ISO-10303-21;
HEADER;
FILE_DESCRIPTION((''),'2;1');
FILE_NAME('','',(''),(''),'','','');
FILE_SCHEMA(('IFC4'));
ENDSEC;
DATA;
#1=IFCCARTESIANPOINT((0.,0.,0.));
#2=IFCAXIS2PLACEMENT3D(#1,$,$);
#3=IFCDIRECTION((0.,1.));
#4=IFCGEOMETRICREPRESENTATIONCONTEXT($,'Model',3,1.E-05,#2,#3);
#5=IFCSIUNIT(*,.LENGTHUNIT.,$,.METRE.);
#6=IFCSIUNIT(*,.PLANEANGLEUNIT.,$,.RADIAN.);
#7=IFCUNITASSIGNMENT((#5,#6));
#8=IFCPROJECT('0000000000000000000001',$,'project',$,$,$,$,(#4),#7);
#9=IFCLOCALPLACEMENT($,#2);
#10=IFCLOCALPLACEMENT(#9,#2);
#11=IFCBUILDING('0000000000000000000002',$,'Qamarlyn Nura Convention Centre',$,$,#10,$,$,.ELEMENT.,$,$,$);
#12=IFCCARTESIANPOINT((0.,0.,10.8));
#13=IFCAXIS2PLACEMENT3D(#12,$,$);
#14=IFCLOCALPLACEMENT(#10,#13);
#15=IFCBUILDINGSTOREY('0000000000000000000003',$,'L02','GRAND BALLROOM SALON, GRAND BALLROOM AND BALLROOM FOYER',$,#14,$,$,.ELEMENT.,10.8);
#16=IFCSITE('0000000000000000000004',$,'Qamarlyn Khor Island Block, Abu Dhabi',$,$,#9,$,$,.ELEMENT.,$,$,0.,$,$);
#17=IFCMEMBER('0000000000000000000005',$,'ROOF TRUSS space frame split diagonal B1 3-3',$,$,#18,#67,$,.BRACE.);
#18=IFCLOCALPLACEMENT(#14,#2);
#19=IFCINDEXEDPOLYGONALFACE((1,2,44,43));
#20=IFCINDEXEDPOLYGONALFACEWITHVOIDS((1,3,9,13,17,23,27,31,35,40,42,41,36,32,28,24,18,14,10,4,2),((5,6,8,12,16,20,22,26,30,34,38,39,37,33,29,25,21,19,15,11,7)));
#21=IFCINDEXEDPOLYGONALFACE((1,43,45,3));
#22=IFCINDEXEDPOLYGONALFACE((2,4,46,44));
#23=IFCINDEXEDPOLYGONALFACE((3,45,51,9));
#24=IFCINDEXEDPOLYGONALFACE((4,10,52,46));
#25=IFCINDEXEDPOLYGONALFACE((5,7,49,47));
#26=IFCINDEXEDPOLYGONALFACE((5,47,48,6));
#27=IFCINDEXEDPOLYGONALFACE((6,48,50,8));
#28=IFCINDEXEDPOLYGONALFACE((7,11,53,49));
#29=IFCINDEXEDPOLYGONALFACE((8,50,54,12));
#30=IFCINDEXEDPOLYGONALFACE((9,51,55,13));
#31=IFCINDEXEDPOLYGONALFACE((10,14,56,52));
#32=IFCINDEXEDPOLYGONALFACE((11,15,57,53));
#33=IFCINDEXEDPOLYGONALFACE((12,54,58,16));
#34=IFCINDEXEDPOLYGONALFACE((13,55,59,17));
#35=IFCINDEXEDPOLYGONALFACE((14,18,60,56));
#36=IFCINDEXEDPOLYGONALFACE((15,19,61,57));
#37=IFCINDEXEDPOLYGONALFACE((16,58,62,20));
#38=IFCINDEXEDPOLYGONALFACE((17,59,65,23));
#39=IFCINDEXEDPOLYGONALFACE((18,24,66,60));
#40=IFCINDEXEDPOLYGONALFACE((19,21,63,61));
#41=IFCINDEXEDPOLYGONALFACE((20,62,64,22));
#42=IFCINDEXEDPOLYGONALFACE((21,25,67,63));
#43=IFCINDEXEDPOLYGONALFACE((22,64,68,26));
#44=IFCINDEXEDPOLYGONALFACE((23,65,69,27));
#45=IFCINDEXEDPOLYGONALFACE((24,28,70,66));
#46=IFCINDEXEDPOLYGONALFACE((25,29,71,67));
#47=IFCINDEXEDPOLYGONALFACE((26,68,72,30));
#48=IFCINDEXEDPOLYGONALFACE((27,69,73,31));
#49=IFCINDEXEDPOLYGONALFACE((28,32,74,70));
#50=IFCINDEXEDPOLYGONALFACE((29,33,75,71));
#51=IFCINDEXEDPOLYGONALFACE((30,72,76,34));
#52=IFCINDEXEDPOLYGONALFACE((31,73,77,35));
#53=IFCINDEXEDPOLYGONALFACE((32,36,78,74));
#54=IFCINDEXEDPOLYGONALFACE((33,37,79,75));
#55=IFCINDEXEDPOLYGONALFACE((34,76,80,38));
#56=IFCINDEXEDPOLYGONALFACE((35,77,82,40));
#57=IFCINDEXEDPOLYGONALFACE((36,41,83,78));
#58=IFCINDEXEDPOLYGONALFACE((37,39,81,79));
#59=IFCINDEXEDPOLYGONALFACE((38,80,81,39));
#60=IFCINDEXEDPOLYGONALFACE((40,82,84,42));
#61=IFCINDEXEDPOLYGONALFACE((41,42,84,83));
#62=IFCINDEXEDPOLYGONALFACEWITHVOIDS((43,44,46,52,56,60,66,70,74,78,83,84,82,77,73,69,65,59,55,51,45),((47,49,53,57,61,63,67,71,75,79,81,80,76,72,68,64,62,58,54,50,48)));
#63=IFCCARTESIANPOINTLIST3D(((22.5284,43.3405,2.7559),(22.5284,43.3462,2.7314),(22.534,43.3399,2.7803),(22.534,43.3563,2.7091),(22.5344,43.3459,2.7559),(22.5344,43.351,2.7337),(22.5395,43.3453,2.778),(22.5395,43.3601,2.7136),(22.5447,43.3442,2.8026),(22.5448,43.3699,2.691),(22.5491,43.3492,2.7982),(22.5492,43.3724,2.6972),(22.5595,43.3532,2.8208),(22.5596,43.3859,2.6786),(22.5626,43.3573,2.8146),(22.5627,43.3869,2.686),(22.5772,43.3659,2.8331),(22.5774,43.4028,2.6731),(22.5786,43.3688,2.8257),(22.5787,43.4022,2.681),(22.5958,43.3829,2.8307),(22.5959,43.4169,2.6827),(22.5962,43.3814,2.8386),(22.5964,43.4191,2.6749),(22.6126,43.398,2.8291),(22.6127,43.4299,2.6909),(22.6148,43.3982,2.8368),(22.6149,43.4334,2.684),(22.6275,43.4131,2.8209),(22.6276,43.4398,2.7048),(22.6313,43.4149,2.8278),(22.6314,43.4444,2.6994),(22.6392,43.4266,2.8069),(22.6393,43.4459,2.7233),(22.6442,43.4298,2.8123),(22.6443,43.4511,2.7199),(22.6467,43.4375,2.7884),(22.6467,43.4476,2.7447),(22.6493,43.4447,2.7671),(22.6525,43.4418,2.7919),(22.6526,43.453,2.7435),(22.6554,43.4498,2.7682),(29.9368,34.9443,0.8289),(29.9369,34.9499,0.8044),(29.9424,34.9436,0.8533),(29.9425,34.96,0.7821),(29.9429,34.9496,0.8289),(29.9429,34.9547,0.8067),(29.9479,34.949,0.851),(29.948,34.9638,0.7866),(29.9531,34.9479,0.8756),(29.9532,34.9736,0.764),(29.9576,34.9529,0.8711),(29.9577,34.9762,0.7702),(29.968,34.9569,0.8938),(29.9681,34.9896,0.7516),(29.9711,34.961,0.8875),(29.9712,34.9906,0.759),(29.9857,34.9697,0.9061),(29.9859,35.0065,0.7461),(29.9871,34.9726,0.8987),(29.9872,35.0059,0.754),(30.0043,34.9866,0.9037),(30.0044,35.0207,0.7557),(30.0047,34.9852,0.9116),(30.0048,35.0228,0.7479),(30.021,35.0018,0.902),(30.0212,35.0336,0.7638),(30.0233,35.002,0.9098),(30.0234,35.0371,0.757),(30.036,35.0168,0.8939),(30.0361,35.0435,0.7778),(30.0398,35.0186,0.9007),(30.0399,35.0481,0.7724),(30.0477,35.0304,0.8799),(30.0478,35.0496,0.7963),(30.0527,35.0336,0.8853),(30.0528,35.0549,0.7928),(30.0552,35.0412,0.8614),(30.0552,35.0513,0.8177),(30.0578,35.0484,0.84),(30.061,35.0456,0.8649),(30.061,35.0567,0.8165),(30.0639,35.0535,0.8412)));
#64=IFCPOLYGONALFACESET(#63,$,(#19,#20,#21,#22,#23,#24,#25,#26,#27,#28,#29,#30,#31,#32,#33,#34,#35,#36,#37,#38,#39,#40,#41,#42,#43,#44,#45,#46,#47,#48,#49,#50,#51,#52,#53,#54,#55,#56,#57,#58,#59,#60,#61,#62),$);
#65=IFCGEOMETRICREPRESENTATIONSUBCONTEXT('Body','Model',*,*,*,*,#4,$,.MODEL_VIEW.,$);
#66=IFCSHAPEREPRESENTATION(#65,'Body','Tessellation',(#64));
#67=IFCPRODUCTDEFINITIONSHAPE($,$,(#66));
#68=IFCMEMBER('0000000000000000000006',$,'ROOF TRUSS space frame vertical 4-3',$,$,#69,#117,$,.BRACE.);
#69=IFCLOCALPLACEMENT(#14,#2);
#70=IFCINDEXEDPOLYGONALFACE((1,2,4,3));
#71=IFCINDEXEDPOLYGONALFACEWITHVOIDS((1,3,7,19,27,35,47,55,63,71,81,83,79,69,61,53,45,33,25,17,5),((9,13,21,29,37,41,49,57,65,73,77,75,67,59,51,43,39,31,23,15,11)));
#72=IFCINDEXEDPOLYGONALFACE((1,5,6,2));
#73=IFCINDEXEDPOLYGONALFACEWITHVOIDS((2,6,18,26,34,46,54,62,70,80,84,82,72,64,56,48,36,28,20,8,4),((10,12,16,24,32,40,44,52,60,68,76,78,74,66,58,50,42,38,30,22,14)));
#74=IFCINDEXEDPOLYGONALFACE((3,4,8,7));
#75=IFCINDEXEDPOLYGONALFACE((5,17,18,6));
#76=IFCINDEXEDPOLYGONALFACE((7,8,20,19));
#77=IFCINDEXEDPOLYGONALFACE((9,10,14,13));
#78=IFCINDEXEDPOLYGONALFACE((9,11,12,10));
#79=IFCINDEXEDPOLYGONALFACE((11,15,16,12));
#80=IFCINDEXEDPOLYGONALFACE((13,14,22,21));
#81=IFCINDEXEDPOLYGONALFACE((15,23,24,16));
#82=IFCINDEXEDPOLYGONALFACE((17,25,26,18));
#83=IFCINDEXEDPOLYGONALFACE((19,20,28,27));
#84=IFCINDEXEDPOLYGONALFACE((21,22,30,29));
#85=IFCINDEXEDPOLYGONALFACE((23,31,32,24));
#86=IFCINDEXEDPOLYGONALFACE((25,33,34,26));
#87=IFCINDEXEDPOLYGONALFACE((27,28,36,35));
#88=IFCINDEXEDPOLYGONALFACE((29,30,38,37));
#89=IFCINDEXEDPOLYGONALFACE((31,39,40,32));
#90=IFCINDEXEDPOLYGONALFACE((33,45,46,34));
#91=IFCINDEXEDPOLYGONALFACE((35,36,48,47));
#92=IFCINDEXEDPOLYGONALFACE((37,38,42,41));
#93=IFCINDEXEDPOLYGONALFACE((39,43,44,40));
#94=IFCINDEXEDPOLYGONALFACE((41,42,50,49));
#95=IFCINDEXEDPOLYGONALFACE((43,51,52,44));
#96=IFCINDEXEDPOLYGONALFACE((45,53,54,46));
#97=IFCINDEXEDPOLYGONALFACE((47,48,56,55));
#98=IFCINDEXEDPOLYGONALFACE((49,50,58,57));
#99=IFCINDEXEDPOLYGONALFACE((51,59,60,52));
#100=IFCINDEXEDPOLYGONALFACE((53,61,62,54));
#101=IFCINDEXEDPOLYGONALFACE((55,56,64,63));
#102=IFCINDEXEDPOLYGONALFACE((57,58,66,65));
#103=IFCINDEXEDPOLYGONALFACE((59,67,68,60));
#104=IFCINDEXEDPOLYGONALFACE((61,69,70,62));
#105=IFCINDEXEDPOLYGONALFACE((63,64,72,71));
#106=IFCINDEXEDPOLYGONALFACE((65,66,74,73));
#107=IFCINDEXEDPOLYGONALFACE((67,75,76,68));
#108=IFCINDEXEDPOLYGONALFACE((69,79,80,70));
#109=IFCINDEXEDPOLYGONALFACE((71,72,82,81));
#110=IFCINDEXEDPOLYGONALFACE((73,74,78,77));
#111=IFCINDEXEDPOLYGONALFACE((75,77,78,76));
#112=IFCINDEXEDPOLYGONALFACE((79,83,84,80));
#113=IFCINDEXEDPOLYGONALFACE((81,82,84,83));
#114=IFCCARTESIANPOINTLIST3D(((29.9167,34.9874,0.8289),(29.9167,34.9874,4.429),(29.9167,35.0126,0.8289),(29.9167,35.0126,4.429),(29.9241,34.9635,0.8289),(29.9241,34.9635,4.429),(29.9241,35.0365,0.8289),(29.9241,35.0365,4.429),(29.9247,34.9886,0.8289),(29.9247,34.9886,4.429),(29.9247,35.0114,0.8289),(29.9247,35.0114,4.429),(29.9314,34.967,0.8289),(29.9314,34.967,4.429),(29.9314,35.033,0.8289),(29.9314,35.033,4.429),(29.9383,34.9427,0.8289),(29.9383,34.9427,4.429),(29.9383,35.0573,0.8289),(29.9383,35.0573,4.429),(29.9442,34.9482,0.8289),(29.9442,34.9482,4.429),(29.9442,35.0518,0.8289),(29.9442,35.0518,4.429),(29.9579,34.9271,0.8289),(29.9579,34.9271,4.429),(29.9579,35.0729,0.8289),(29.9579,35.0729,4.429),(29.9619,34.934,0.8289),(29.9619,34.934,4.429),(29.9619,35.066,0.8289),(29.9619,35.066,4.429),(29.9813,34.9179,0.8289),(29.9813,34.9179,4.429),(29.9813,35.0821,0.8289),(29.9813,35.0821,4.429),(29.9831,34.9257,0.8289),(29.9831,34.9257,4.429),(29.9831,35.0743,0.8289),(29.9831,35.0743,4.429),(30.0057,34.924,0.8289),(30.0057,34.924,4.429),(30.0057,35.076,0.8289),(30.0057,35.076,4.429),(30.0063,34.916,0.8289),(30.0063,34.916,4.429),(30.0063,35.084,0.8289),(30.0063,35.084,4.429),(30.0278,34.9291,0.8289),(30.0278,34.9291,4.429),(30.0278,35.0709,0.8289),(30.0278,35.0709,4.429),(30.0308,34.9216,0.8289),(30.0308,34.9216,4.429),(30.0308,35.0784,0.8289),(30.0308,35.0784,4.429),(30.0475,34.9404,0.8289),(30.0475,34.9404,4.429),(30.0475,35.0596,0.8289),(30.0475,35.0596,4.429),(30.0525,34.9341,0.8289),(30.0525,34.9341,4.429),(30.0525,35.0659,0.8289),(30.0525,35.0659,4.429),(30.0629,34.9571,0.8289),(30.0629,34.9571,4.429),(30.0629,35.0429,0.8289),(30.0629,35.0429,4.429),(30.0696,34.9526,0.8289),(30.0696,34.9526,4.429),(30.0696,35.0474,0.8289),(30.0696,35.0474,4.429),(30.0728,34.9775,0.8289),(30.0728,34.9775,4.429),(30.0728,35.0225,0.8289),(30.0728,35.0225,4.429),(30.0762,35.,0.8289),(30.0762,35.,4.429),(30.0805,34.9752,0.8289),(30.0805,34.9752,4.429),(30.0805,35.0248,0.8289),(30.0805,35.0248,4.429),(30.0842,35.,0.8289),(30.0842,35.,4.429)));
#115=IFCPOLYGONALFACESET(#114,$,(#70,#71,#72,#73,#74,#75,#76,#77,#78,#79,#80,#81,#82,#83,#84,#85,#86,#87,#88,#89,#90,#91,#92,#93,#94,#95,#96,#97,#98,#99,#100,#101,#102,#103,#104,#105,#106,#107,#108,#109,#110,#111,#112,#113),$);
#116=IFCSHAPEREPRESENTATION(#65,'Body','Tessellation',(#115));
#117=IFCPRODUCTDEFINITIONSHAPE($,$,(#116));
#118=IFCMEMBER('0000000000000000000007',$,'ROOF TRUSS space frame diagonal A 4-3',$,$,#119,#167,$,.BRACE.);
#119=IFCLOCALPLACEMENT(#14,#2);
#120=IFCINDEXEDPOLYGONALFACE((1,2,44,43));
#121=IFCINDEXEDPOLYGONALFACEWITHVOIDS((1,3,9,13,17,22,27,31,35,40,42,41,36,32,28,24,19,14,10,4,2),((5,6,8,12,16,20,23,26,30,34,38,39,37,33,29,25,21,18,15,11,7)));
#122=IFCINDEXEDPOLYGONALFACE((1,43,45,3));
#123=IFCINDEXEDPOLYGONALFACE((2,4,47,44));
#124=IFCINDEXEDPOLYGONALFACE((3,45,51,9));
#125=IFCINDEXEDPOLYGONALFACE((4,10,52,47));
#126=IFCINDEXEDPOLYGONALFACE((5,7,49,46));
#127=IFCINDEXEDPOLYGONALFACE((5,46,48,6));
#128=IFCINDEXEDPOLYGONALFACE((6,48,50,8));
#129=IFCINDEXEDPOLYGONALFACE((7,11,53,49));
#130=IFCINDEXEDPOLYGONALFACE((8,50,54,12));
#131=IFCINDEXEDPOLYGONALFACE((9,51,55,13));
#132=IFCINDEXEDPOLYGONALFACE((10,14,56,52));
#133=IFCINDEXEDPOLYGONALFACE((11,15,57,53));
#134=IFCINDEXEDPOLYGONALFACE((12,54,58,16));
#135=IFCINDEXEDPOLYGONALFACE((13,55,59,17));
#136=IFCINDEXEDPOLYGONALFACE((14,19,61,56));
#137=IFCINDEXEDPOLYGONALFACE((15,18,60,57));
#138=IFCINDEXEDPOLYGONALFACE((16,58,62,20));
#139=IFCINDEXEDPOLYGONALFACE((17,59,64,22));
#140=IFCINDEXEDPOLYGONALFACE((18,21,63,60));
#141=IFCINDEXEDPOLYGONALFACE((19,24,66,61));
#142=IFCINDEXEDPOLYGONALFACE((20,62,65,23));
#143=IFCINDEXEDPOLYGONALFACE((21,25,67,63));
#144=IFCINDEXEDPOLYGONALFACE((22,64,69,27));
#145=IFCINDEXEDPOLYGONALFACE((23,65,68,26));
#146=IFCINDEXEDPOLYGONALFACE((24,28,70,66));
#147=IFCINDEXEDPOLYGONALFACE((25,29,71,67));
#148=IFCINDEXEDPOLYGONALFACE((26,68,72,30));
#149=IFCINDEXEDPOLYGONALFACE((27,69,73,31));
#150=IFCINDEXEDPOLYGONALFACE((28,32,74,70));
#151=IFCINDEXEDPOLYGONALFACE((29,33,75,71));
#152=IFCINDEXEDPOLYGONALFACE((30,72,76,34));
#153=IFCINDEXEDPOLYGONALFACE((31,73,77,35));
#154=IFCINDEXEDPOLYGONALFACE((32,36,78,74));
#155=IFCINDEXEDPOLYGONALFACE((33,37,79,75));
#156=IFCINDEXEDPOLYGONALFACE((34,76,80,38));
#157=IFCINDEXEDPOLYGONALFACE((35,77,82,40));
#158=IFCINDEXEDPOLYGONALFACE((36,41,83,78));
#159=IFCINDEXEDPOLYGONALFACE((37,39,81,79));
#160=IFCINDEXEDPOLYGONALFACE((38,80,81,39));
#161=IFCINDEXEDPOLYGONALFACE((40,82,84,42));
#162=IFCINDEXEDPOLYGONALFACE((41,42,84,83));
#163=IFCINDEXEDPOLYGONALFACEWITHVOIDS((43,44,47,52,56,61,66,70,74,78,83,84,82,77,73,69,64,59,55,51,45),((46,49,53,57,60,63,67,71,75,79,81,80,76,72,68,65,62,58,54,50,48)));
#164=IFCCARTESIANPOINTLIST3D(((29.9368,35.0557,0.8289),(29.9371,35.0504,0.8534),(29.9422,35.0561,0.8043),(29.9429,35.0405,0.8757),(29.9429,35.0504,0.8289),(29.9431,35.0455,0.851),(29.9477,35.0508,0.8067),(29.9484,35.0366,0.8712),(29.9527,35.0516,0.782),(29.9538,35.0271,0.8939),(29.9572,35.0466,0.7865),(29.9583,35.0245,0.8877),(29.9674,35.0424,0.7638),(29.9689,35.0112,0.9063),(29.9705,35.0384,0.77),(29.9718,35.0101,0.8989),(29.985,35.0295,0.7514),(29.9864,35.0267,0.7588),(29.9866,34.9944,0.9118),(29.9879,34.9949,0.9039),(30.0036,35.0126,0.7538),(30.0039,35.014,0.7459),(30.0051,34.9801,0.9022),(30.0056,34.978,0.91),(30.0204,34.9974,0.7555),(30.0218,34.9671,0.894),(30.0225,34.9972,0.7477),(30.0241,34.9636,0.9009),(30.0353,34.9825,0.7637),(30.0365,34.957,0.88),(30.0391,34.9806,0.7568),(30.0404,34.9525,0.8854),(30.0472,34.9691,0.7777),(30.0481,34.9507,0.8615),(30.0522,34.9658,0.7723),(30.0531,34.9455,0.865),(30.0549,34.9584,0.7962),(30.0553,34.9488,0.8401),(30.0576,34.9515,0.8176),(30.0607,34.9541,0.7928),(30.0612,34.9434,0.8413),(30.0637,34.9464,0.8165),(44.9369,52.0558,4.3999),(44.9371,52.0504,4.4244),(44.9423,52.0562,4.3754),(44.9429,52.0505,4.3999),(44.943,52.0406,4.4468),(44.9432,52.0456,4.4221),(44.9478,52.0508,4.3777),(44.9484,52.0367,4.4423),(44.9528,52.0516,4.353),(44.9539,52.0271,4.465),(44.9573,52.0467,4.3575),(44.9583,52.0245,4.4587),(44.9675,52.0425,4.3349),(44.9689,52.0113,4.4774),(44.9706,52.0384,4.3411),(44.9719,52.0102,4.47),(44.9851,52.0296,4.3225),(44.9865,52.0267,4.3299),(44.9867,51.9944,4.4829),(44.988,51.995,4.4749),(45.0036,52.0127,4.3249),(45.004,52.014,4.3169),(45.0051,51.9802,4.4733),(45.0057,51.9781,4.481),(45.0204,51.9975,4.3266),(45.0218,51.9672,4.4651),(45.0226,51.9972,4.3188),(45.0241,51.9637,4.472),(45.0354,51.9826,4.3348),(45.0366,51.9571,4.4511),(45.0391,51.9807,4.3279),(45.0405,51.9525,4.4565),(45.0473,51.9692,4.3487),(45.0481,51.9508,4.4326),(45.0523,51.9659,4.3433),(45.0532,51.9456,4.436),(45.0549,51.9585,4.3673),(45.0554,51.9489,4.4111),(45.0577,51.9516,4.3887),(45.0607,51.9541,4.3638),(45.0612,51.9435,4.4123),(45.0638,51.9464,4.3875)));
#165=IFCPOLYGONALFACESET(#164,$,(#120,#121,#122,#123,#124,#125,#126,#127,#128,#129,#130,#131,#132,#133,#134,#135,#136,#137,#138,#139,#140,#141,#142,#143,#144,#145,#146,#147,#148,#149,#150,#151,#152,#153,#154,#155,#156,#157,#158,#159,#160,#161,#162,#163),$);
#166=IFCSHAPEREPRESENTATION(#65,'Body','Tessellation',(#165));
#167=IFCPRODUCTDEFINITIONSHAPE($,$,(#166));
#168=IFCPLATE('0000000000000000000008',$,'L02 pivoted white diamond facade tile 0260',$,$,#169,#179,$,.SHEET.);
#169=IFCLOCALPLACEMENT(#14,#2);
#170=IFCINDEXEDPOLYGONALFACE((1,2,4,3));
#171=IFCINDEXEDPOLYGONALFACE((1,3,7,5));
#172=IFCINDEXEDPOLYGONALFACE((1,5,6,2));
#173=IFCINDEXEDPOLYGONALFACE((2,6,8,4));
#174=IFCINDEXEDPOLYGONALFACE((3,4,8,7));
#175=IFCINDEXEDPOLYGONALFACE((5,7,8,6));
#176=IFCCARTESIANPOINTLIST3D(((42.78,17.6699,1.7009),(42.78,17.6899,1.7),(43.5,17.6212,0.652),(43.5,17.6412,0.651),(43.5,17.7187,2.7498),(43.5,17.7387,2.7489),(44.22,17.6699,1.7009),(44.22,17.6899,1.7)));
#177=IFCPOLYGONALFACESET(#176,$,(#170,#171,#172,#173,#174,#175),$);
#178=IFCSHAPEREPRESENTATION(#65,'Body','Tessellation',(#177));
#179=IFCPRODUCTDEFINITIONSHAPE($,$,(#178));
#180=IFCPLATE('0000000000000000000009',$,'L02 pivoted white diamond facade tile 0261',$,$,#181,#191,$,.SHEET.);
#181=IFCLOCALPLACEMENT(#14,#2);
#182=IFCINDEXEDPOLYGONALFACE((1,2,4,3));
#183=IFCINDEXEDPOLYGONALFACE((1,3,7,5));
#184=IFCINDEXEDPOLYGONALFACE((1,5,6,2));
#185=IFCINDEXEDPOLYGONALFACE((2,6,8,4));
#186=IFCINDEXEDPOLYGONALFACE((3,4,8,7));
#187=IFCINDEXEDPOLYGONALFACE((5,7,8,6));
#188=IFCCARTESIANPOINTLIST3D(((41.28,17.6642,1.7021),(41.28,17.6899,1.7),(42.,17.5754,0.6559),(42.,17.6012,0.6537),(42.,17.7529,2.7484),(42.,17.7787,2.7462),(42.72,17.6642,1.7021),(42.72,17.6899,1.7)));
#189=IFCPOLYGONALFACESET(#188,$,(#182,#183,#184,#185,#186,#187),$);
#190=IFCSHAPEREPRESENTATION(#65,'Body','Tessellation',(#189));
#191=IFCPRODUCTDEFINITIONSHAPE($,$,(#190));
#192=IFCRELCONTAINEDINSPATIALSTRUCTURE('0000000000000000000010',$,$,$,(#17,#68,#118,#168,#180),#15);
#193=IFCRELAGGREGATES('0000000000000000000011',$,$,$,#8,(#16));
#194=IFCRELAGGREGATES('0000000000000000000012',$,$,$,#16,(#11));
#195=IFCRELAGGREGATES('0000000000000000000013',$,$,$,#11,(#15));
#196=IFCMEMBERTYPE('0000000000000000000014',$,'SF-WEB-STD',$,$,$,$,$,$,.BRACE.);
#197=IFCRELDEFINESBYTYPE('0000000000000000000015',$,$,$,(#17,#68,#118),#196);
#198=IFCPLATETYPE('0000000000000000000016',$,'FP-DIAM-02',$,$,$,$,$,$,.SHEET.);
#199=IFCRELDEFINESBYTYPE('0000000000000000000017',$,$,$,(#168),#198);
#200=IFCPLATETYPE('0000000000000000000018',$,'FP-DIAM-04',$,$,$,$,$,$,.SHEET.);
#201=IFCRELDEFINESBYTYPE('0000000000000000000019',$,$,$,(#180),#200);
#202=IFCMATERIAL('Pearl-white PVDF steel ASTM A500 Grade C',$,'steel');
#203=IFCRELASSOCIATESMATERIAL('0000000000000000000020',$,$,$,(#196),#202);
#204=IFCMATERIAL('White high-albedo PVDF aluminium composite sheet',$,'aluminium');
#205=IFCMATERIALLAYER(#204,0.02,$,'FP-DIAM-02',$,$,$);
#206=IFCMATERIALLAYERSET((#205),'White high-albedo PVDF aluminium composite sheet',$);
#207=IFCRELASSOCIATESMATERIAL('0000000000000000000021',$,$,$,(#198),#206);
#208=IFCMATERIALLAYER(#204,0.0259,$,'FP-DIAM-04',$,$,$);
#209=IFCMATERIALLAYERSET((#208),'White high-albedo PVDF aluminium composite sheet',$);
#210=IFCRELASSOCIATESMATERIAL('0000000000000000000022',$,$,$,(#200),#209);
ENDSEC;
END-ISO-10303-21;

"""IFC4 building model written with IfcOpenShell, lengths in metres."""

from ifc_helpers import new_model, si_unit, direction, frame, origin, origin_2d, place, context, subcontext, project, spatial, polyline, hollow_circle, outline, extrude, material, layer, layer_set, material_profile, profile_set, type_object, element, save


model = new_model("IFC4")

# Units and contexts
model_context = context("Model", 3, precision=1e-05, world=origin(), true_north=direction((0.0, 1.0)))
body_context = subcontext(model_context, "Body", "Model", "MODEL_VIEW")
ifc_project = project(units=[si_unit("LENGTHUNIT", "METRE"), si_unit("PLANEANGLEUNIT", "RADIAN")], contexts=[model_context])

# Site, building, storey
site_placement = place(None, origin())
site = spatial("IfcSite", under=ifc_project, at=site_placement, Name="Qamarlyn Khor Island Block, Abu Dhabi", CompositionType="ELEMENT", RefElevation=0.0)
building_placement = place(site_placement, origin())
building = spatial("IfcBuilding", under=site, at=building_placement, Name="Qamarlyn Nura Convention Centre", CompositionType="ELEMENT")
storey_placement = place(building_placement, frame((0.0, 0.0, 10.8)))
storey = spatial("IfcBuildingStorey", under=building, at=storey_placement, Name="L02", Description="GRAND BALLROOM SALON, GRAND BALLROOM AND BALLROOM FOYER", CompositionType="ELEMENT", Elevation=10.8)

# Members
ifc_material_1 = material(Name="Pearl-white PVDF steel ASTM A500 Grade C", Category="steel")
ifc_material_profile_1 = material_profile(ifc_material_1, hollow_circle(Radius=0.0842, WallThickness=0.0081, at=origin_2d()), Name="CHS168.3X8")
ifc_profile_set_1 = profile_set([ifc_material_profile_1], Name="Pearl-white PVDF steel ASTM A500 Grade C")
member_type_1 = type_object("IfcMemberType", Name="SF-WEB-STD", PredefinedType="BRACE", material=ifc_profile_set_1)
member_1_placement = place(storey_placement, frame((30.0, 35.0, 0.8289), z_axis=(-0.652037, 0.738975, 0.1696), x_axis=(-0.749838, -0.661622, 0.0)))
element("IfcMember", 1, at=member_1_placement, inside=storey, type_object=member_type_1, Name="ROOF TRUSS space frame split diagonal B1 3-3", PredefinedType="BRACE", context=body_context, shape_type="SweptSolid", body=[
    extrude(hollow_circle(Radius=0.0842, WallThickness=0.0081, at=origin_2d()), origin(), (0.0, 0.0, 1.0), 11.3621),
])
member_2_placement = place(storey_placement, frame((30.0, 35.0, 0.8289), z_axis=(0.0, 0.0, 1.0), x_axis=(1.0, 0.0, 0.0)))
element("IfcMember", 2, at=member_2_placement, inside=storey, type_object=member_type_1, Name="ROOF TRUSS space frame vertical 4-3", PredefinedType="BRACE", context=body_context, shape_type="SweptSolid", body=[
    extrude(hollow_circle(Radius=0.0842, WallThickness=0.0081, at=origin_2d()), origin(), (0.0, 0.0, 1.0), 3.6001),
])
member_3_placement = place(storey_placement, frame((30.0, 35.0, 0.8289), z_axis=(0.653564, 0.740706, 0.155594), x_axis=(-0.749838, 0.661622, 0.0)))
element("IfcMember", 3, at=member_3_placement, inside=storey, type_object=member_type_1, Name="ROOF TRUSS space frame diagonal A 4-3", PredefinedType="BRACE", context=body_context, shape_type="SweptSolid", body=[
    extrude(hollow_circle(Radius=0.0842, WallThickness=0.0081, at=origin_2d()), origin(), (0.0, 0.0, 1.0), 22.9512),
])

# Plates
ifc_material_2 = material(Name="White high-albedo PVDF aluminium composite sheet", Category="aluminium")
ifc_layer_1 = layer(ifc_material_2, 0.02, Name="FP-DIAM-02")
ifc_layer_set_1 = layer_set([ifc_layer_1], Name="White high-albedo PVDF aluminium composite sheet")
plate_type_1 = type_object("IfcPlateType", Name="FP-DIAM-02", PredefinedType="SHEET", material=ifc_layer_set_1)
plate_1_placement = place(storey_placement, frame((43.5, 17.6899, 1.7), z_axis=(0.0, -0.998923, 0.046409), x_axis=(1.0, 0.0, 0.0)))
element("IfcPlate", 4, at=plate_1_placement, inside=storey, type_object=plate_type_1, Name="L02 pivoted white diamond facade tile 0260", PredefinedType="SHEET", context=body_context, shape_type="SweptSolid", body=[
    extrude(outline(polyline([(-0.72, 0.0), (0.0, -1.05), (0.72, 0.0), (0.0, 1.05), (-0.72, 0.0)])), origin(), (0.0, 0.0, 1.0), 0.02),
])
ifc_layer_2 = layer(ifc_material_2, 0.0259, Name="FP-DIAM-04")
ifc_layer_set_2 = layer_set([ifc_layer_2], Name="White high-albedo PVDF aluminium composite sheet")
plate_type_2 = type_object("IfcPlateType", Name="FP-DIAM-04", PredefinedType="SHEET", material=ifc_layer_set_2)
plate_2_placement = place(storey_placement, frame((42.0, 17.6899, 1.7), z_axis=(0.0, -0.996419, 0.084547), x_axis=(1.0, 0.0, 0.0)))
element("IfcPlate", 5, at=plate_2_placement, inside=storey, type_object=plate_type_2, Name="L02 pivoted white diamond facade tile 0261", PredefinedType="SHEET", context=body_context, shape_type="SweptSolid", body=[
    extrude(outline(polyline([(-0.72, 0.0), (0.0, -1.05), (0.72, 0.0), (0.0, 1.05), (-0.72, 0.0)])), origin(), (0.0, 0.0, 1.0), 0.0259),
])

save(model, "model.ifc")
